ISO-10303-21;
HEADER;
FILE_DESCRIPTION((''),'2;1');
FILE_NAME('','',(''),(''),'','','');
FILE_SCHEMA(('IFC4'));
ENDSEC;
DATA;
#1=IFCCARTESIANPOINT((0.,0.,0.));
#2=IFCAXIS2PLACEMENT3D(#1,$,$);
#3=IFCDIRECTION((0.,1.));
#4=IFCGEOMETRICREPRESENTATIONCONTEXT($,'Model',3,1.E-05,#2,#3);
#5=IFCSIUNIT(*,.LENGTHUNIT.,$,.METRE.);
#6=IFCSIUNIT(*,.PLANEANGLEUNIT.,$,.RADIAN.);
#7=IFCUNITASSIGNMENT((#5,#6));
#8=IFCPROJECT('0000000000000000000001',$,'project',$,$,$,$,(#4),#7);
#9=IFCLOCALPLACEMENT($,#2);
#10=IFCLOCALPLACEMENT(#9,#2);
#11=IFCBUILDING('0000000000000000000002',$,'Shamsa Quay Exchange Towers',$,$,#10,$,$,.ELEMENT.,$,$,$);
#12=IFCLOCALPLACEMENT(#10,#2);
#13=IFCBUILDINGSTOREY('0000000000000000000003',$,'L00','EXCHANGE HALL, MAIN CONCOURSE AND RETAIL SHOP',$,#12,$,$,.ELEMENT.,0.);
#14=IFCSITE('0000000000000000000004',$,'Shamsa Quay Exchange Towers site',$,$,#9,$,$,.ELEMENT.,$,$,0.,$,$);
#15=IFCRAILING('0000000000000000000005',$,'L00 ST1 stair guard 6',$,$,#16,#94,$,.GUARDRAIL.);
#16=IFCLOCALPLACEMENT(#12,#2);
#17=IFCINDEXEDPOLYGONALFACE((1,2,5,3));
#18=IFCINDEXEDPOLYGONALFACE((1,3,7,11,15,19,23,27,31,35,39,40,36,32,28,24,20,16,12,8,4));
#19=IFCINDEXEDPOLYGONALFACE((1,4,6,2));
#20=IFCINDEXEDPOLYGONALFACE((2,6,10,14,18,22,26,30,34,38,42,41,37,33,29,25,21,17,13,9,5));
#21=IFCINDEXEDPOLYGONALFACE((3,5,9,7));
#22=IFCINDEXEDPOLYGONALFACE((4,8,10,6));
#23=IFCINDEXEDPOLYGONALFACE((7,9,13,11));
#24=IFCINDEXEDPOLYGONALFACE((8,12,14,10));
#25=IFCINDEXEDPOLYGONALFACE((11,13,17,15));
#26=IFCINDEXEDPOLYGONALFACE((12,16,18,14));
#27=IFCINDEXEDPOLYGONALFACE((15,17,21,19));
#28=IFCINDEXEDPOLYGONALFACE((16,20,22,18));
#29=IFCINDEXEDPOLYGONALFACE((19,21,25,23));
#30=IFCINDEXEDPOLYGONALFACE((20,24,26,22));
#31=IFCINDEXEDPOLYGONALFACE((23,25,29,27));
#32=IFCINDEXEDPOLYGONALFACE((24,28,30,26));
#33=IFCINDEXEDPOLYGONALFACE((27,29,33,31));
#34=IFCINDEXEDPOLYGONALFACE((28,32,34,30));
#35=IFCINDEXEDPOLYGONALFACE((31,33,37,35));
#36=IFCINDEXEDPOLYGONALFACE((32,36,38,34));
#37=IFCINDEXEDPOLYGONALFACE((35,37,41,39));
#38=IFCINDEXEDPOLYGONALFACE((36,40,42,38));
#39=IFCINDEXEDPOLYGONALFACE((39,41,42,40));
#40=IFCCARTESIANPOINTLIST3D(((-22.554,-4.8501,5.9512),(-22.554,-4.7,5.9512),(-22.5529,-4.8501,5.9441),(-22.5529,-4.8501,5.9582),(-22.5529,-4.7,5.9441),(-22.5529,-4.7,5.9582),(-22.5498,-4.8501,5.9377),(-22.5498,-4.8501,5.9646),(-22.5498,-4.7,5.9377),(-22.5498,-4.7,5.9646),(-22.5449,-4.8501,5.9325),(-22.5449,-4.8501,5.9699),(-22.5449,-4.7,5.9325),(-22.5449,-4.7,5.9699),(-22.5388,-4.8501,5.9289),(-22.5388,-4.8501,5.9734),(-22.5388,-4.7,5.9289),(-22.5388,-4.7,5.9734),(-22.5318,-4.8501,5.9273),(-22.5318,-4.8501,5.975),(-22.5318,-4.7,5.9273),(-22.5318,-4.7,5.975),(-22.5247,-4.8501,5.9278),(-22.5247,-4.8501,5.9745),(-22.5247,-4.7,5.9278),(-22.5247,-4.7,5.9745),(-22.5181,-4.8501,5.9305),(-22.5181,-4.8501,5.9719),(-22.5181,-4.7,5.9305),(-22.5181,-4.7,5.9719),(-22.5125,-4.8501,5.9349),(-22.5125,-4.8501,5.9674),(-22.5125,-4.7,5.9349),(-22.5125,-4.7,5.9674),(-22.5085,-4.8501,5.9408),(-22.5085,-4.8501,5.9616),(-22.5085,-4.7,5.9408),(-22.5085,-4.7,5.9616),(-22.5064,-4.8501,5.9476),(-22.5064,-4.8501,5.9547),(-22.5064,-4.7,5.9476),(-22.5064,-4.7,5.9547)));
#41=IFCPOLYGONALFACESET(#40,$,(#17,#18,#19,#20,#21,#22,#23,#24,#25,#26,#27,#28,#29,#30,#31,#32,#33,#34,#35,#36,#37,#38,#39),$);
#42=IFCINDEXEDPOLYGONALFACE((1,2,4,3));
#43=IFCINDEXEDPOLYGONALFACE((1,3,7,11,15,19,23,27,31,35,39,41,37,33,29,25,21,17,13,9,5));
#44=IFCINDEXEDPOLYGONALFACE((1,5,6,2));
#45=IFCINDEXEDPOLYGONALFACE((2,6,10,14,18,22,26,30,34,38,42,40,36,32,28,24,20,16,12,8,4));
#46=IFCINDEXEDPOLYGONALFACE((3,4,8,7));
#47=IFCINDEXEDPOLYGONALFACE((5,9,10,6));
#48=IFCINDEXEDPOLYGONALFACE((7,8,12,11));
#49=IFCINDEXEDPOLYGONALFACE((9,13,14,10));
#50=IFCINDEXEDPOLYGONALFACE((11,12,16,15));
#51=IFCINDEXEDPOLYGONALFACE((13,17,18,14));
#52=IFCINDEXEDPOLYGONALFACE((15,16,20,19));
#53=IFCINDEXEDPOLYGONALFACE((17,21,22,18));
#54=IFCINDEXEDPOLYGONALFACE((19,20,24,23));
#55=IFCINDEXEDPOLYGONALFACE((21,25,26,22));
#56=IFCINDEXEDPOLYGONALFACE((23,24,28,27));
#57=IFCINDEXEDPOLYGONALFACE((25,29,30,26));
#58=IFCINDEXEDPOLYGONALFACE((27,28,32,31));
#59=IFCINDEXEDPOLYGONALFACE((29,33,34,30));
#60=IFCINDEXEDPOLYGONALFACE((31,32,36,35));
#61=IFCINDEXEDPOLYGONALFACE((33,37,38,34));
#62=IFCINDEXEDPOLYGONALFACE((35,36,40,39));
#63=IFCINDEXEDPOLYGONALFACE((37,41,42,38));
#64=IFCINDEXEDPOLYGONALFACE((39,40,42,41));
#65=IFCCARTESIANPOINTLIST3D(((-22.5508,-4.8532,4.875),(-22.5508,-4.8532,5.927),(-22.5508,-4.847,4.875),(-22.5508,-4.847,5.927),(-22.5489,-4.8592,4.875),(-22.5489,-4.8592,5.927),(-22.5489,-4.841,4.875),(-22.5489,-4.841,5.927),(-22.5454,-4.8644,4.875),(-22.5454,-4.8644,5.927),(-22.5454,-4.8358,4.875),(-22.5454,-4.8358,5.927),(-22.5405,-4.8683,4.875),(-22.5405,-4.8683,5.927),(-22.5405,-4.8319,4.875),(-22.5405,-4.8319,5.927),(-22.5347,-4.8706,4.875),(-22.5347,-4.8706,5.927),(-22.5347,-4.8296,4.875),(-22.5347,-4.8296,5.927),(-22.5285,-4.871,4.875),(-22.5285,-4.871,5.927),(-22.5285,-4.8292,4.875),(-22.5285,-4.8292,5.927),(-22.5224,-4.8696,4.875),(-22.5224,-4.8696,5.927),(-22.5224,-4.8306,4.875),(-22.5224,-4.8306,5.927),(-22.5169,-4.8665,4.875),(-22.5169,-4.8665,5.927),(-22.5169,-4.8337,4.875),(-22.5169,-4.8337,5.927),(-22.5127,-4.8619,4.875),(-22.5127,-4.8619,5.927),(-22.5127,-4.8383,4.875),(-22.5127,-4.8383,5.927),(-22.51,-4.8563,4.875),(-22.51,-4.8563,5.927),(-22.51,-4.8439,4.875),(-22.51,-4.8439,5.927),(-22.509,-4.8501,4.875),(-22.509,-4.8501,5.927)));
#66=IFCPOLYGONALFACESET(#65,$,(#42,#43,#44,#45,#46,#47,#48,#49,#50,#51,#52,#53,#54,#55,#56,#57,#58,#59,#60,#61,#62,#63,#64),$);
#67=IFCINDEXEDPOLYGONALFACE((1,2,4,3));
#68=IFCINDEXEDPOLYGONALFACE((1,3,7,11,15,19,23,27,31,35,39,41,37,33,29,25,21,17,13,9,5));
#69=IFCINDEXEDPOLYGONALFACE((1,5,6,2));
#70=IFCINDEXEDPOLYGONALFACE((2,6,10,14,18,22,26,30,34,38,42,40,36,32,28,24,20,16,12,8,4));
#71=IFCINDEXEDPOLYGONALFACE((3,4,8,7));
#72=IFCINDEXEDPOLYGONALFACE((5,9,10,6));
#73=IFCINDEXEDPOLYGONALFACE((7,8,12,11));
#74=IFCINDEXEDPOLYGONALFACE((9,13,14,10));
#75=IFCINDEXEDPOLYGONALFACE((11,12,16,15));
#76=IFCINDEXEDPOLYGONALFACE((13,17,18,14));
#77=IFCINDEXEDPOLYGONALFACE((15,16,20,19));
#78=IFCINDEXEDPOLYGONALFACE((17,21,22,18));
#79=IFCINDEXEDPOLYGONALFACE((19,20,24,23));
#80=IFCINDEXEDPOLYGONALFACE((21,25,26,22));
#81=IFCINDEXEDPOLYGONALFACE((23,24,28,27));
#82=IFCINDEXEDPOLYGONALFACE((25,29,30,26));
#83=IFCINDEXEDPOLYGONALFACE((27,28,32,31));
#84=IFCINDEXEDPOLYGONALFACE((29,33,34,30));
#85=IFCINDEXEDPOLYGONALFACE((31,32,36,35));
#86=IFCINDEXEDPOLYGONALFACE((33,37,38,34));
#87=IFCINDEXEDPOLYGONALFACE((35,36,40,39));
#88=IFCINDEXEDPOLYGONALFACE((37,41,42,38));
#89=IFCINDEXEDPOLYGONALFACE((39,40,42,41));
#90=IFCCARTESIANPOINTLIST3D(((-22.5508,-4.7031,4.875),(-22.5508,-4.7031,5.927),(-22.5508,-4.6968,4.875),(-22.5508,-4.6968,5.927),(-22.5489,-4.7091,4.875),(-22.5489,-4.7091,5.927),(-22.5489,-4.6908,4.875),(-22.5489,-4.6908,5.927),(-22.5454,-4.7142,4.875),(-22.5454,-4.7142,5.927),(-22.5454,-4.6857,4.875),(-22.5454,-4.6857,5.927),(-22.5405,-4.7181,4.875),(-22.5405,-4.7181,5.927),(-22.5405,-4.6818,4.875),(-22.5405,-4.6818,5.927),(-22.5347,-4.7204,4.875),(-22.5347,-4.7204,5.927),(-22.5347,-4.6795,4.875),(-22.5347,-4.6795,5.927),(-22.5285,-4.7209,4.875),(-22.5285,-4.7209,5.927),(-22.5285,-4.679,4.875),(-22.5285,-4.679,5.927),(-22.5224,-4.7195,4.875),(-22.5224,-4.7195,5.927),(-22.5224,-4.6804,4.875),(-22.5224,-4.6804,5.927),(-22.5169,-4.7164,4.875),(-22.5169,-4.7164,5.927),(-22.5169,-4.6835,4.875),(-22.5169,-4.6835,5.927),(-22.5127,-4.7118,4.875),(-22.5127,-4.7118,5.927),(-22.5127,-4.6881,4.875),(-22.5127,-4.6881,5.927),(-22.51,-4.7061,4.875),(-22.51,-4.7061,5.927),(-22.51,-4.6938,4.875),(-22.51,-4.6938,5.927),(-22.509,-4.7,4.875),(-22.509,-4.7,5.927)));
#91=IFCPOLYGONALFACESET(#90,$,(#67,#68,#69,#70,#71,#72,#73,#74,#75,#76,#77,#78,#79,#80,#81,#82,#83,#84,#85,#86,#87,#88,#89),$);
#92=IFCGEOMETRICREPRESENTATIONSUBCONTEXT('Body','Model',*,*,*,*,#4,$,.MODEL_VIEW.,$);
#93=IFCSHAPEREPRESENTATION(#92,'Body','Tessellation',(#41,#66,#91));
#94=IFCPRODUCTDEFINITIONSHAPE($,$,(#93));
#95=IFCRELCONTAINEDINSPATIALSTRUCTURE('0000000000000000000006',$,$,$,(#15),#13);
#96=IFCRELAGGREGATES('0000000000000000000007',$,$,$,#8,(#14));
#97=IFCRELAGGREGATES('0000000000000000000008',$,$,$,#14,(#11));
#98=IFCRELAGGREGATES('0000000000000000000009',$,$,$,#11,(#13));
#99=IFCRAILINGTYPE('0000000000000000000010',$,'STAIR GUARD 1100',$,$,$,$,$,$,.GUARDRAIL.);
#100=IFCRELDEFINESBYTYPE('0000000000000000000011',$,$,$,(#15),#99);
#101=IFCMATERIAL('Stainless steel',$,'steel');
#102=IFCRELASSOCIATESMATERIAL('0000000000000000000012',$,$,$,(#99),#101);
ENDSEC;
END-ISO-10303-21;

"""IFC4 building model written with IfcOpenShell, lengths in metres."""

from ifc_helpers import new_model, si_unit, direction, frame, origin, origin_2d, place, context, subcontext, project, spatial, circle, extrude, material, type_object, element, save


model = new_model("IFC4")

# Units and contexts
model_context = context("Model", 3, precision=1e-05, world=origin(), true_north=direction((0.0, 1.0)))
body_context = subcontext(model_context, "Body", "Model", "MODEL_VIEW")
ifc_project = project(units=[si_unit("LENGTHUNIT", "METRE"), si_unit("PLANEANGLEUNIT", "RADIAN")], contexts=[model_context])

# Site, building, storey
site_placement = place(None, origin())
site = spatial("IfcSite", under=ifc_project, at=site_placement, Name="Shamsa Quay Exchange Towers site", CompositionType="ELEMENT", RefElevation=0.0)
building_placement = place(site_placement, origin())
building = spatial("IfcBuilding", under=site, at=building_placement, Name="Shamsa Quay Exchange Towers", CompositionType="ELEMENT")
storey_placement = place(building_placement, origin())
storey = spatial("IfcBuildingStorey", under=building, at=storey_placement, Name="L00", Description="EXCHANGE HALL, MAIN CONCOURSE AND RETAIL SHOP", CompositionType="ELEMENT", Elevation=0.0)

# Railing
ifc_material_1 = material(Name="Stainless steel", Category="steel")
railing_type_1 = type_object("IfcRailingType", Name="STAIR GUARD 1100", PredefinedType="GUARDRAIL", material=ifc_material_1)
railing_1_placement = place(storey_placement, frame((-22.53, -4.8501, 4.875)))
element("IfcRailing", 1, at=railing_1_placement, inside=storey, type_object=railing_type_1, Name="L00 ST1 stair guard 6", PredefinedType="GUARDRAIL", context=body_context, shape_type="SweptSolid", body=[
    extrude(circle(Radius=0.0239, at=origin_2d()), frame((0.0, 0.0, 1.0762), z_axis=(0.0, 1.0, 0.0), x_axis=(-1.0, 0.0, 0.0)), (0.0, 0.0, 1.0), 0.1501),
    extrude(circle(Radius=0.021, at=origin_2d()), origin(), (0.0, 0.0, 1.0), 1.052),
    extrude(circle(Radius=0.021, at=origin_2d()), frame((0.0, 0.1501, 0.0)), (0.0, 0.0, 1.0), 1.052),
])

save(model, "model.ifc")
